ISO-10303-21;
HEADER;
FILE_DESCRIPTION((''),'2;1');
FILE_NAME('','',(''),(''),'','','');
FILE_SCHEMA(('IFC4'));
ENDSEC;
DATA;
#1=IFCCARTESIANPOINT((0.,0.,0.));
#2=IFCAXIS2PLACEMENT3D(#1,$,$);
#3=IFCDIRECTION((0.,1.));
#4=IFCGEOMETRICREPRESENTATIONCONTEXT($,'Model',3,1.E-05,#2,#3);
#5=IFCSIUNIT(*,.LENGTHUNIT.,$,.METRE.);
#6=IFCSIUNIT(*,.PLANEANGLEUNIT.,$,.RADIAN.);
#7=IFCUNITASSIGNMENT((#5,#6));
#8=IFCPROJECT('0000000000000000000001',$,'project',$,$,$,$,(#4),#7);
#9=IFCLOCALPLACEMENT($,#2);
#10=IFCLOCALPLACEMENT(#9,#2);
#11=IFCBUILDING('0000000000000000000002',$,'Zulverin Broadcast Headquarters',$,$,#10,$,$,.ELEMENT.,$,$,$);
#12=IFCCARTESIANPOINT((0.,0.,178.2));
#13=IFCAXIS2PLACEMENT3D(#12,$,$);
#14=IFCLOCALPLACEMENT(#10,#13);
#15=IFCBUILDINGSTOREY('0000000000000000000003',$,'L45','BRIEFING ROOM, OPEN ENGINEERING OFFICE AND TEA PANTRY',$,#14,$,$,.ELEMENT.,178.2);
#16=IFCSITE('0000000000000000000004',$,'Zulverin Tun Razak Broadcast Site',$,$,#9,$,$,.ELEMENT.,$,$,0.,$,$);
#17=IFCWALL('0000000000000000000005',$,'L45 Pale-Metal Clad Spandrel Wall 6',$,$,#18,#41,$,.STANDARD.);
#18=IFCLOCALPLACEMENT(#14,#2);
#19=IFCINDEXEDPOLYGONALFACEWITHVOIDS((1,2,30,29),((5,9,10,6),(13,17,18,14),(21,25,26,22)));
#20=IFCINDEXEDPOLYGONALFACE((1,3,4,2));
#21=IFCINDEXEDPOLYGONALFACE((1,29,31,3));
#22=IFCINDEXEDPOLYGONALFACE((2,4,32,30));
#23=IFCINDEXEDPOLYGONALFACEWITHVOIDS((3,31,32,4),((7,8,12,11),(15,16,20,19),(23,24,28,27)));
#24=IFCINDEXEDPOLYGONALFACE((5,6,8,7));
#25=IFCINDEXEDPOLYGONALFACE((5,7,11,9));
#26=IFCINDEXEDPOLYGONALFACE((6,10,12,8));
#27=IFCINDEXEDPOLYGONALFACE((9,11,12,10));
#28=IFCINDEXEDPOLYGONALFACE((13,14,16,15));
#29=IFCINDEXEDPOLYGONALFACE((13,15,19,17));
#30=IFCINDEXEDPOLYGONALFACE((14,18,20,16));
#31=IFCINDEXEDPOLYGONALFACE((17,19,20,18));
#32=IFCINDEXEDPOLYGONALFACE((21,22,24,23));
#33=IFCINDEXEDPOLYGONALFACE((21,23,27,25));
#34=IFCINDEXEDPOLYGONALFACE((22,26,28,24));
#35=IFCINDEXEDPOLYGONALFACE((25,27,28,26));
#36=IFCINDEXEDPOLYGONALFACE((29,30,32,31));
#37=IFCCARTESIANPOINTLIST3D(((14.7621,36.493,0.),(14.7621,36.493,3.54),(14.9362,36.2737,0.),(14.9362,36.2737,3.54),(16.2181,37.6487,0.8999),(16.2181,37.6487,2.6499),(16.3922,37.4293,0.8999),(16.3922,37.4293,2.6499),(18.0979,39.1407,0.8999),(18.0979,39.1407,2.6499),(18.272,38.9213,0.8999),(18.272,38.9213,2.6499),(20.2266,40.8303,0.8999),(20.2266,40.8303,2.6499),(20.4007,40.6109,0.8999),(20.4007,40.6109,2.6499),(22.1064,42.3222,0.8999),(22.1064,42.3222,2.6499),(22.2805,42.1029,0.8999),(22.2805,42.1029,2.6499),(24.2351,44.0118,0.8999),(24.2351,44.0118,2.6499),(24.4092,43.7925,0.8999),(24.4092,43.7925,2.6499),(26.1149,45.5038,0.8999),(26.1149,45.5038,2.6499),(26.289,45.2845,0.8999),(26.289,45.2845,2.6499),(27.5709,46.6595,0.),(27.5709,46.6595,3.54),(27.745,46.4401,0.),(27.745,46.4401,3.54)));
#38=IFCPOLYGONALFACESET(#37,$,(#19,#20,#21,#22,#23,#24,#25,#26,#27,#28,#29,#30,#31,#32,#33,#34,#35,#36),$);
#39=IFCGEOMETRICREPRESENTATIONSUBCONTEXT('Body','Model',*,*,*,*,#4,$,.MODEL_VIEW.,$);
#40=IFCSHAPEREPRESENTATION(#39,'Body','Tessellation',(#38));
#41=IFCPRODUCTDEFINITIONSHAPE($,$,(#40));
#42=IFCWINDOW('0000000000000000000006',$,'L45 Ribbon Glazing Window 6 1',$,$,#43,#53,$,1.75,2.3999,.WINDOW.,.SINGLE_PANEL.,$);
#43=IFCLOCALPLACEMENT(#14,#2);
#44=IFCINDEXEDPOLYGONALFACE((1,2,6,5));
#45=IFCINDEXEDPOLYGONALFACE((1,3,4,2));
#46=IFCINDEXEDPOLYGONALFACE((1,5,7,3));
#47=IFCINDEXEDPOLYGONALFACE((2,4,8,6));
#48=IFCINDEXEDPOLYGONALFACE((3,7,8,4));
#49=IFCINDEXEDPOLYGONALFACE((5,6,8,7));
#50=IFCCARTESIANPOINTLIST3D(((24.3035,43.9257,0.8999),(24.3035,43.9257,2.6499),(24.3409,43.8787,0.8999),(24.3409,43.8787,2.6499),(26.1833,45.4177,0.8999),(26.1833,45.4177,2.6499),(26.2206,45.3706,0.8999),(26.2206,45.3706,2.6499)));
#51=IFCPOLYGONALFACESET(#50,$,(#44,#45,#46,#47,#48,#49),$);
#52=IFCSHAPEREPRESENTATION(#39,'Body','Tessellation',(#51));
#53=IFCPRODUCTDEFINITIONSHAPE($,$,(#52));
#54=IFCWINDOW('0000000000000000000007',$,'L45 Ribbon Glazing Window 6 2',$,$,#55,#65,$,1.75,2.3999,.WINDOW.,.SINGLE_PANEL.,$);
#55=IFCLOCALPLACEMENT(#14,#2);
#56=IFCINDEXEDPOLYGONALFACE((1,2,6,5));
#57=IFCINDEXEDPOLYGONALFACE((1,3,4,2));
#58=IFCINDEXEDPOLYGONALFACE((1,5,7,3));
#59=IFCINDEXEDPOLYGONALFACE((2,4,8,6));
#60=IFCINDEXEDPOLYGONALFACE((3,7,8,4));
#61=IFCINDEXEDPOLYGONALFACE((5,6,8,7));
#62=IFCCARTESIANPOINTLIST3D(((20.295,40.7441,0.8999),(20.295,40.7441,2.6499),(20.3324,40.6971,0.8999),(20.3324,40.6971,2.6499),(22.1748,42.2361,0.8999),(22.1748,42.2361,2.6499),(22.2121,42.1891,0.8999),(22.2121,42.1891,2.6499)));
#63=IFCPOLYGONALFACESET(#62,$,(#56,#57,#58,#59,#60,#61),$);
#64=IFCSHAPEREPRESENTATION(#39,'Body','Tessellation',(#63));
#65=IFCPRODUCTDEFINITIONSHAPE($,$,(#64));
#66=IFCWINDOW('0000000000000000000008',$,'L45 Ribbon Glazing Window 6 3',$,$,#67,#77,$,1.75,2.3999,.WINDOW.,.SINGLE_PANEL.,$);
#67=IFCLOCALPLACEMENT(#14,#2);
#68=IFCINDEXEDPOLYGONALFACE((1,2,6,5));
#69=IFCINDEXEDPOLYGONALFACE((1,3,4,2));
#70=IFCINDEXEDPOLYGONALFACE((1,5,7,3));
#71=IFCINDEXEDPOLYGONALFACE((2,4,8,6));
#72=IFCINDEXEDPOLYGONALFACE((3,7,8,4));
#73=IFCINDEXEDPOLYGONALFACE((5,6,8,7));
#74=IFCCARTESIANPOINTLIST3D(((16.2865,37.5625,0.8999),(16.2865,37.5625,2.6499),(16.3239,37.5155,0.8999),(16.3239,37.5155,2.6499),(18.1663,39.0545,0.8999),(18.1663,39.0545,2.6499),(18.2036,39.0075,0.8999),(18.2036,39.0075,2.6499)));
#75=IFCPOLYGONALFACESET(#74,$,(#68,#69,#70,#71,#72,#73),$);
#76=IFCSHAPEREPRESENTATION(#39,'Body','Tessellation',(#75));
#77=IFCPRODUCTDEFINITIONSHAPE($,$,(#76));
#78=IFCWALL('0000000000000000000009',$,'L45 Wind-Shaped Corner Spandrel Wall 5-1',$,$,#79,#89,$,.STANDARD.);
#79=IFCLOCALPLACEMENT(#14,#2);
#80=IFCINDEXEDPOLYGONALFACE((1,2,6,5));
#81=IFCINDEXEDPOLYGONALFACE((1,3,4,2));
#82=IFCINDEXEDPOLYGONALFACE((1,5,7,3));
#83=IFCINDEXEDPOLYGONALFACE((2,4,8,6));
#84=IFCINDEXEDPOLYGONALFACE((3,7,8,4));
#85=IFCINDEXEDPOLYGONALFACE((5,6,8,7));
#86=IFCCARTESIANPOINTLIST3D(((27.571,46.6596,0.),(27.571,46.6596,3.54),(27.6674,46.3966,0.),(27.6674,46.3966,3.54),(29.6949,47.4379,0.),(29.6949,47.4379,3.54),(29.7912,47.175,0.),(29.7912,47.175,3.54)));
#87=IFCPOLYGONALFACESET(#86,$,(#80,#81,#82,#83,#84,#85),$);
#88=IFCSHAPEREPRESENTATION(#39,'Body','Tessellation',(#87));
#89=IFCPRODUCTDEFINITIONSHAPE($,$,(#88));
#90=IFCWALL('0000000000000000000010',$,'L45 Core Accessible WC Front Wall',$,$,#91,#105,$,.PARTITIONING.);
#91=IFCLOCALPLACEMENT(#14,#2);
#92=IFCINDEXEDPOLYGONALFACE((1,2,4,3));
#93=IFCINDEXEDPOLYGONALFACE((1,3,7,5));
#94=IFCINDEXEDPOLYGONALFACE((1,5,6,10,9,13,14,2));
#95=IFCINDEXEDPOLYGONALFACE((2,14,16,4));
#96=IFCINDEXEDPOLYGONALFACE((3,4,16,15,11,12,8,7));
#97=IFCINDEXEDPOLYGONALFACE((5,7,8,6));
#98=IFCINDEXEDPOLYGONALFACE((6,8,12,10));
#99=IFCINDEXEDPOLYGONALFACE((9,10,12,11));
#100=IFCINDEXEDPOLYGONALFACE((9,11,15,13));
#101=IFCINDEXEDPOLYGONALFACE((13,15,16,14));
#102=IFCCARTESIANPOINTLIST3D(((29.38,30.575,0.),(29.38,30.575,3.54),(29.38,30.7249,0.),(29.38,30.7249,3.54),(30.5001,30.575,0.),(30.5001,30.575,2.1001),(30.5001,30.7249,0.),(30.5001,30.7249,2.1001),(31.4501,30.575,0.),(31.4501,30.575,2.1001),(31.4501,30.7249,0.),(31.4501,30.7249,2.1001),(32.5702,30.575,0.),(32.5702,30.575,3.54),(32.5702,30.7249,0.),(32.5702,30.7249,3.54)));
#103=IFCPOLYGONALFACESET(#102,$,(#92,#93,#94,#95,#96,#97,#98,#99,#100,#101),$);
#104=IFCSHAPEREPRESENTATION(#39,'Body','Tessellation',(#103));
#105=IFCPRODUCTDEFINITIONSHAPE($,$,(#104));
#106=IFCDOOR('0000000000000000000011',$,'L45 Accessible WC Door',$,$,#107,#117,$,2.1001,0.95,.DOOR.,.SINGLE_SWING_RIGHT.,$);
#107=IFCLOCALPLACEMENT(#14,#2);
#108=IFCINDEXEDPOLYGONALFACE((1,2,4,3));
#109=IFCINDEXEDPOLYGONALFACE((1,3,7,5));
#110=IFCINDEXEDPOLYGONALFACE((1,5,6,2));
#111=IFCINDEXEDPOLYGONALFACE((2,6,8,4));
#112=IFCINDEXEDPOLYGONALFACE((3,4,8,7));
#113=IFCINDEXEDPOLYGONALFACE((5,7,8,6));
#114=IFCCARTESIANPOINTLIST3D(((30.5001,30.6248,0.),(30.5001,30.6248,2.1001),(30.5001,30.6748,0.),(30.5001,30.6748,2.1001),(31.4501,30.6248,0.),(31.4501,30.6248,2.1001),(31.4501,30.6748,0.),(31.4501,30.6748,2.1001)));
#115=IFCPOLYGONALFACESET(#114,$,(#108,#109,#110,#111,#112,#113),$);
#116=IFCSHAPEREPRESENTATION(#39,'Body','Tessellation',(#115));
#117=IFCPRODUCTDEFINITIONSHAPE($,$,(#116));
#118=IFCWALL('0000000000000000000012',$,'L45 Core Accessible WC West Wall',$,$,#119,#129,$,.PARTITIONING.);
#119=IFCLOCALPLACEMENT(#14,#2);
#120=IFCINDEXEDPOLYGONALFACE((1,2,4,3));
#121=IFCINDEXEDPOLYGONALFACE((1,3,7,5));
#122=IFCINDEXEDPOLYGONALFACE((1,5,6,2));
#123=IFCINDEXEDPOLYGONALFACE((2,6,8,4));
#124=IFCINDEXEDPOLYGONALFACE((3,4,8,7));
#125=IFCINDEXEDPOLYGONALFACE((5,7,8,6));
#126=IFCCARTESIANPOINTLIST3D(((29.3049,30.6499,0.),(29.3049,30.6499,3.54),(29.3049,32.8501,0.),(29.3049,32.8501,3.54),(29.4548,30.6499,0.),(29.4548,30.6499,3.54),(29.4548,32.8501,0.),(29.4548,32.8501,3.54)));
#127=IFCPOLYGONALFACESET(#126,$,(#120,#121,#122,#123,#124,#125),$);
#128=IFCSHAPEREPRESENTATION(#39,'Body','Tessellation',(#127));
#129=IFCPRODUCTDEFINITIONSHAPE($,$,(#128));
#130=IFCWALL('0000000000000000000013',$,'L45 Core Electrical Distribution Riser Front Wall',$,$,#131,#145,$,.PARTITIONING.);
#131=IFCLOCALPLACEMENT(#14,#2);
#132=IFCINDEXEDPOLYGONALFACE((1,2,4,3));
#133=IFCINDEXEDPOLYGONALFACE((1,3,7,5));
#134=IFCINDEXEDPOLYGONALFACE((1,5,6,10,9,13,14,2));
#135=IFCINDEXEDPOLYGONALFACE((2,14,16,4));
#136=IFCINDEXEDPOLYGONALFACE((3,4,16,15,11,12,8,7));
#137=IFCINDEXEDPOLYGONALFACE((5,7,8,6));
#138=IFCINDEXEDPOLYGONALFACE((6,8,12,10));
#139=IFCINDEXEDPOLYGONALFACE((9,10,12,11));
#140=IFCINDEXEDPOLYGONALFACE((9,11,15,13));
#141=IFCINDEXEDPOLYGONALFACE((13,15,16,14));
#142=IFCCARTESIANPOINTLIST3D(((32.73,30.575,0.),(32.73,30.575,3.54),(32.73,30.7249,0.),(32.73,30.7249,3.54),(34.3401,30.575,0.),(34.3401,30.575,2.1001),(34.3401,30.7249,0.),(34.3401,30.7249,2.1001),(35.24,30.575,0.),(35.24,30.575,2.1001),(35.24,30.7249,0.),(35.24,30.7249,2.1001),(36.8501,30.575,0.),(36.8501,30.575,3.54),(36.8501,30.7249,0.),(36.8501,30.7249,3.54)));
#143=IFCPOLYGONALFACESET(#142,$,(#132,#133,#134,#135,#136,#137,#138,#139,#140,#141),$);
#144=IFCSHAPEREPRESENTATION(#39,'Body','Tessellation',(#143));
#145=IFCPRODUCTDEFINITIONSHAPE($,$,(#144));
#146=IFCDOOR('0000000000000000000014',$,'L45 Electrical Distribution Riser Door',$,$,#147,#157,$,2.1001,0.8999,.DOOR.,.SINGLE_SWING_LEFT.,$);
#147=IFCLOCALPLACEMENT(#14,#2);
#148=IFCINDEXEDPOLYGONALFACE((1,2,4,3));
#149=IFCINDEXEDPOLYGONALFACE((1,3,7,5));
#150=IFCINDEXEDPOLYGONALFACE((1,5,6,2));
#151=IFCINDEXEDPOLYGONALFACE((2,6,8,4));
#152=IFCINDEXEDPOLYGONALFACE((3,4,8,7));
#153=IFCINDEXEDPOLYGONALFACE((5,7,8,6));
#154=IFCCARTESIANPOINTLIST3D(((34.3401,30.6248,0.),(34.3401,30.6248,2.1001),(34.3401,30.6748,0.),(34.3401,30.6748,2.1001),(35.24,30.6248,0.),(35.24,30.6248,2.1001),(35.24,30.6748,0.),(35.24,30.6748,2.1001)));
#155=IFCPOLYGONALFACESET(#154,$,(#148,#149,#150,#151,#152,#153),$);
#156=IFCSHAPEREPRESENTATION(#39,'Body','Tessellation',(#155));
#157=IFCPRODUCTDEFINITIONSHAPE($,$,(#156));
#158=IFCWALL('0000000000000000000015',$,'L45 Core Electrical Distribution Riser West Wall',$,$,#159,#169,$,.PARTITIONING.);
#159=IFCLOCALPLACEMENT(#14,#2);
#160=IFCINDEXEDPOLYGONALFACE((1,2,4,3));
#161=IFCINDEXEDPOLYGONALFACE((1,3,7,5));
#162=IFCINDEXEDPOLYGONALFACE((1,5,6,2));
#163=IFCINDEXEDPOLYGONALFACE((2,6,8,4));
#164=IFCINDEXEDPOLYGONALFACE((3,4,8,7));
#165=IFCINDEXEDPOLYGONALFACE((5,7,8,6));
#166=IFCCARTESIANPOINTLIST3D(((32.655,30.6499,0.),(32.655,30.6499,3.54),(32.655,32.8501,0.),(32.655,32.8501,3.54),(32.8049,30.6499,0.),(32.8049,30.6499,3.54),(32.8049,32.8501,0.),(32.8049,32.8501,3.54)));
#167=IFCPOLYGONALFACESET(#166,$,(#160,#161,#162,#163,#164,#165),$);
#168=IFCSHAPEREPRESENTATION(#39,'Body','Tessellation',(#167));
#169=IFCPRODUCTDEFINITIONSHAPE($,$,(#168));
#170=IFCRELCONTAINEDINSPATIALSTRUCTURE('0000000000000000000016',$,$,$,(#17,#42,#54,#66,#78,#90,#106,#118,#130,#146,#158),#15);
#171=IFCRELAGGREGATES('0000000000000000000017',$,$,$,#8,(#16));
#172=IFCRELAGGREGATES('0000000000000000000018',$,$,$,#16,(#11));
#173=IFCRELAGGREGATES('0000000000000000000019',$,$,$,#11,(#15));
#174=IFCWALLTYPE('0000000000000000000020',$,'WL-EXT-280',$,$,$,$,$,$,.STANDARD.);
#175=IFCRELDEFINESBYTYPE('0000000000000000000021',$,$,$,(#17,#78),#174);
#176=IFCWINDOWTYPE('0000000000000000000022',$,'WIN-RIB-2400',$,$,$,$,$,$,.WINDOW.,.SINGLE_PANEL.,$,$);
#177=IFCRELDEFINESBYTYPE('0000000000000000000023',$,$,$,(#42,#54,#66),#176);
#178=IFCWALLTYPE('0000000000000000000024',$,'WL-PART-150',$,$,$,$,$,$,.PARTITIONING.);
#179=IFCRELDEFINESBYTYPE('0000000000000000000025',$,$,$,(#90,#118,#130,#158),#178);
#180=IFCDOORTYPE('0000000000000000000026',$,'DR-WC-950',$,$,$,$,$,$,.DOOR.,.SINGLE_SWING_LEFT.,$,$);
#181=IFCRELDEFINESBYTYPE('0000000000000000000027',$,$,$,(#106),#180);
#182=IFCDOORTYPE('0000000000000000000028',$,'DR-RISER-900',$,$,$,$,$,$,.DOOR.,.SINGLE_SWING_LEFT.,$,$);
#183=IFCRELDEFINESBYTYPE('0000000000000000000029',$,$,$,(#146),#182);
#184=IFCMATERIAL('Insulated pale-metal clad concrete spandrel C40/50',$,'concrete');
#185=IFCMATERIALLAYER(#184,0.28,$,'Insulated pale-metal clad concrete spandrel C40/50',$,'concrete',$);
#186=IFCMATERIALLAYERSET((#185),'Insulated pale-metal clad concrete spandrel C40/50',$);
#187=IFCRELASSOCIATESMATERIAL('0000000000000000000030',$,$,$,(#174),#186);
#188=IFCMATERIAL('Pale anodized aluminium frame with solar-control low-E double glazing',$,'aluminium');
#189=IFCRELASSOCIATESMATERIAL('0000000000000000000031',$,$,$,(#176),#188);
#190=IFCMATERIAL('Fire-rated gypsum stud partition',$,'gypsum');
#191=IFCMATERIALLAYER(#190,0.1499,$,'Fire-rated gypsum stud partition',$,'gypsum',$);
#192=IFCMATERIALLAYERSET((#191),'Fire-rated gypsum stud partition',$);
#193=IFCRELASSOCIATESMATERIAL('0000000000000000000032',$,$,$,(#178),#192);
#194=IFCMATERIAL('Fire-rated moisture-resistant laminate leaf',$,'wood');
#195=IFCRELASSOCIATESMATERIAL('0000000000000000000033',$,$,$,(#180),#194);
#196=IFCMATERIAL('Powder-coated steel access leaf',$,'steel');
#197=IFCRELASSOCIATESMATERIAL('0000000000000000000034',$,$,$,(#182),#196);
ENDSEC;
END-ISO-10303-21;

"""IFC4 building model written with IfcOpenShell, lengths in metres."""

from ifc_helpers import new_model, si_unit, direction, frame, frame_2d, origin, place, context, subcontext, project, spatial, rectangle, extrude, material, layer, layer_set, type_object, element, fill, save


model = new_model("IFC4")

# Units and contexts
model_context = context("Model", 3, precision=1e-05, world=origin(), true_north=direction((0.0, 1.0)))
body_context = subcontext(model_context, "Body", "Model", "MODEL_VIEW")
ifc_project = project(units=[si_unit("LENGTHUNIT", "METRE"), si_unit("PLANEANGLEUNIT", "RADIAN")], contexts=[model_context])

# Site, building, storey
site_placement = place(None, origin())
site = spatial("IfcSite", under=ifc_project, at=site_placement, Name="Zulverin Tun Razak Broadcast Site", CompositionType="ELEMENT", RefElevation=0.0)
building_placement = place(site_placement, origin())
building = spatial("IfcBuilding", under=site, at=building_placement, Name="Zulverin Broadcast Headquarters", CompositionType="ELEMENT")
storey_placement = place(building_placement, frame((0.0, 0.0, 178.2)))
storey = spatial("IfcBuildingStorey", under=building, at=storey_placement, Name="L45", Description="BRIEFING ROOM, OPEN ENGINEERING OFFICE AND TEA PANTRY", CompositionType="ELEMENT", Elevation=178.2)

# Wall, openings, windows
ifc_material_1 = material(Name="Insulated pale-metal clad concrete spandrel C40/50", Category="concrete")
ifc_layer_1 = layer(ifc_material_1, 0.28, Name="Insulated pale-metal clad concrete spandrel C40/50", Category="concrete")
ifc_layer_set_1 = layer_set([ifc_layer_1], Name="Insulated pale-metal clad concrete spandrel C40/50")
wall_type_1 = type_object("IfcWallType", Name="WL-EXT-280", PredefinedType="STANDARD", material=ifc_layer_set_1)
wall_1_placement = place(storey_placement, frame((27.658, 46.5498, 0.0), z_axis=(0.0, 0.0, 1.0), x_axis=(-0.783266, -0.621686, 0.0)))
wall_1 = element("IfcWall", 1, at=wall_1_placement, inside=storey, type_object=wall_type_1, Name="L45 Pale-Metal Clad Spandrel Wall 6", PredefinedType="STANDARD", context=body_context, shape_type="SweptSolid", body=[
    extrude(rectangle(XDim=16.353, YDim=0.28, at=frame_2d((8.1765, 0.0))), origin(), (0.0, 0.0, 1.0), 3.54),
])
opening_1_placement = place(wall_1_placement, frame((1.8589, 0.0, 0.8999)))
opening_1 = element("IfcOpeningElement", 2, at=opening_1_placement, cuts=wall_1, PredefinedType="OPENING", context=body_context, shape_type="SweptSolid", body=[
    extrude(rectangle(XDim=2.3999, YDim=1.75, at=frame_2d((1.2, 0.875))), frame((0.0, 0.1499, 0.0), z_axis=(0.0, -1.0, 0.0), x_axis=(1.0, 0.0, 0.0)), (0.0, 0.0, 1.0), 0.3),
])
opening_2_placement = place(wall_1_placement, frame((6.9766, 0.0, 0.8999)))
opening_2 = element("IfcOpeningElement", 3, at=opening_2_placement, cuts=wall_1, PredefinedType="OPENING", context=body_context, shape_type="SweptSolid", body=[
    extrude(rectangle(XDim=2.3999, YDim=1.75, at=frame_2d((1.2, 0.875))), frame((0.0, 0.1499, 0.0), z_axis=(0.0, -1.0, 0.0), x_axis=(1.0, 0.0, 0.0)), (0.0, 0.0, 1.0), 0.3),
])
opening_3_placement = place(wall_1_placement, frame((12.0942, 0.0, 0.8999)))
opening_3 = element("IfcOpeningElement", 4, at=opening_3_placement, cuts=wall_1, PredefinedType="OPENING", context=body_context, shape_type="SweptSolid", body=[
    extrude(rectangle(XDim=2.3999, YDim=1.75, at=frame_2d((1.2, 0.875))), frame((0.0, 0.1499, 0.0), z_axis=(0.0, -1.0, 0.0), x_axis=(1.0, 0.0, 0.0)), (0.0, 0.0, 1.0), 0.3),
])
ifc_material_2 = material(Name="Pale anodized aluminium frame with solar-control low-E double glazing", Category="aluminium")
window_type = type_object("IfcWindowType", Name="WIN-RIB-2400", PartitioningType="SINGLE_PANEL", PredefinedType="WINDOW", material=ifc_material_2)
window_1_placement = place(opening_1_placement, origin())
window_1 = element("IfcWindow", 5, at=window_1_placement, inside=storey, type_object=window_type, Name="L45 Ribbon Glazing Window 6 1", OverallHeight=1.75, OverallWidth=2.3999, PartitioningType="SINGLE_PANEL", PredefinedType="WINDOW", context=body_context, shape_type="SweptSolid", body=[
    extrude(rectangle(XDim=2.3999, YDim=1.75, at=frame_2d((1.2, 0.875))), frame((0.0, 0.03, 0.0), z_axis=(0.0, -1.0, 0.0), x_axis=(1.0, 0.0, 0.0)), (0.0, 0.0, 1.0), 0.0601),
])
fill(opening_1, window_1)
window_2_placement = place(opening_2_placement, origin())
window_2 = element("IfcWindow", 6, at=window_2_placement, inside=storey, type_object=window_type, Name="L45 Ribbon Glazing Window 6 2", OverallHeight=1.75, OverallWidth=2.3999, PartitioningType="SINGLE_PANEL", PredefinedType="WINDOW", context=body_context, shape_type="SweptSolid", body=[
    extrude(rectangle(XDim=2.3999, YDim=1.75, at=frame_2d((1.2, 0.875))), frame((0.0, 0.03, 0.0), z_axis=(0.0, -1.0, 0.0), x_axis=(1.0, 0.0, 0.0)), (0.0, 0.0, 1.0), 0.0601),
])
fill(opening_2, window_2)
window_3_placement = place(opening_3_placement, origin())
window_3 = element("IfcWindow", 7, at=window_3_placement, inside=storey, type_object=window_type, Name="L45 Ribbon Glazing Window 6 3", OverallHeight=1.75, OverallWidth=2.3999, PartitioningType="SINGLE_PANEL", PredefinedType="WINDOW", context=body_context, shape_type="SweptSolid", body=[
    extrude(rectangle(XDim=2.3999, YDim=1.75, at=frame_2d((1.2, 0.875))), frame((0.0, 0.03, 0.0), z_axis=(0.0, -1.0, 0.0), x_axis=(1.0, 0.0, 0.0)), (0.0, 0.0, 1.0), 0.0601),
])
fill(opening_3, window_3)

# Wall
wall_2_placement = place(storey_placement, frame((29.7429, 47.3064, 0.0), z_axis=(0.0, 0.0, 1.0), x_axis=(-0.938933, -0.344099, 0.0)))
element("IfcWall", 8, at=wall_2_placement, inside=storey, type_object=wall_type_1, Name="L45 Wind-Shaped Corner Spandrel Wall 5-1", PredefinedType="STANDARD", context=body_context, shape_type="SweptSolid", body=[
    extrude(rectangle(XDim=2.262, YDim=0.28, at=frame_2d((1.1309, 0.0))), origin(), (0.0, 0.0, 1.0), 3.54),
])

# Wall, opening, door
ifc_material_3 = material(Name="Fire-rated gypsum stud partition", Category="gypsum")
ifc_layer_2 = layer(ifc_material_3, 0.1499, Name="Fire-rated gypsum stud partition", Category="gypsum")
ifc_layer_set_2 = layer_set([ifc_layer_2], Name="Fire-rated gypsum stud partition")
wall_type_2 = type_object("IfcWallType", Name="WL-PART-150", PredefinedType="PARTITIONING", material=ifc_layer_set_2)
wall_3_placement = place(storey_placement, frame((29.3799, 30.6499, 0.0), z_axis=(0.0, 0.0, 1.0), x_axis=(1.0, 0.0, 0.0)))
wall_3 = element("IfcWall", 9, at=wall_3_placement, inside=storey, type_object=wall_type_2, Name="L45 Core Accessible WC Front Wall", PredefinedType="PARTITIONING", context=body_context, shape_type="SweptSolid", body=[
    extrude(rectangle(XDim=3.1902, YDim=0.1499, at=frame_2d((1.5952, 0.0))), origin(), (0.0, 0.0, 1.0), 3.54),
])
opening_4_placement = place(wall_3_placement, frame((1.1201, 0.0, 0.0)))
opening_4 = element("IfcOpeningElement", 10, at=opening_4_placement, cuts=wall_3, PredefinedType="OPENING", context=body_context, shape_type="SweptSolid", body=[
    extrude(rectangle(XDim=0.95, YDim=2.1001, at=frame_2d((0.4751, 1.05))), frame((0.0, 0.085, 0.0), z_axis=(0.0, -1.0, 0.0), x_axis=(1.0, 0.0, 0.0)), (0.0, 0.0, 1.0), 0.1699),
])
ifc_material_4 = material(Name="Fire-rated moisture-resistant laminate leaf", Category="wood")
door_type_1 = type_object("IfcDoorType", Name="DR-WC-950", OperationType="SINGLE_SWING_LEFT", PredefinedType="DOOR", material=ifc_material_4)
door_1_placement = place(opening_4_placement, origin())
door_1 = element("IfcDoor", 11, at=door_1_placement, inside=storey, type_object=door_type_1, Name="L45 Accessible WC Door", OperationType="SINGLE_SWING_RIGHT", OverallHeight=2.1001, OverallWidth=0.95, PredefinedType="DOOR", context=body_context, shape_type="SweptSolid", body=[
    extrude(rectangle(XDim=0.95, YDim=2.1001, at=frame_2d((0.4751, 1.05))), frame((0.0, 0.0249, 0.0), z_axis=(0.0, -1.0, 0.0), x_axis=(1.0, 0.0, 0.0)), (0.0, 0.0, 1.0), 0.05),
])
fill(opening_4, door_1)

# Wall
wall_4_placement = place(storey_placement, frame((29.3799, 30.6499, 0.0), z_axis=(0.0, 0.0, 1.0), x_axis=(0.0, 1.0, 0.0)))
element("IfcWall", 12, at=wall_4_placement, inside=storey, type_object=wall_type_2, Name="L45 Core Accessible WC West Wall", PredefinedType="PARTITIONING", context=body_context, shape_type="SweptSolid", body=[
    extrude(rectangle(XDim=2.2002, YDim=0.1499, at=frame_2d((1.1001, 0.0))), origin(), (0.0, 0.0, 1.0), 3.54),
])

# Wall, opening, door
wall_5_placement = place(storey_placement, frame((32.73, 30.6499, 0.0), z_axis=(0.0, 0.0, 1.0), x_axis=(1.0, 0.0, 0.0)))
wall_5 = element("IfcWall", 13, at=wall_5_placement, inside=storey, type_object=wall_type_2, Name="L45 Core Electrical Distribution Riser Front Wall", PredefinedType="PARTITIONING", context=body_context, shape_type="SweptSolid", body=[
    extrude(rectangle(XDim=4.1201, YDim=0.1499, at=frame_2d((2.0601, 0.0))), origin(), (0.0, 0.0, 1.0), 3.54),
])
opening_5_placement = place(wall_5_placement, frame((1.6101, 0.0, 0.0)))
opening_5 = element("IfcOpeningElement", 14, at=opening_5_placement, cuts=wall_5, PredefinedType="OPENING", context=body_context, shape_type="SweptSolid", body=[
    extrude(rectangle(XDim=0.8999, YDim=2.1001, at=frame_2d((0.45, 1.05))), frame((0.0, 0.085, 0.0), z_axis=(0.0, -1.0, 0.0), x_axis=(1.0, 0.0, 0.0)), (0.0, 0.0, 1.0), 0.1699),
])
ifc_material_5 = material(Name="Powder-coated steel access leaf", Category="steel")
door_type_2 = type_object("IfcDoorType", Name="DR-RISER-900", OperationType="SINGLE_SWING_LEFT", PredefinedType="DOOR", material=ifc_material_5)
door_2_placement = place(opening_5_placement, origin())
door_2 = element("IfcDoor", 15, at=door_2_placement, inside=storey, type_object=door_type_2, Name="L45 Electrical Distribution Riser Door", OperationType="SINGLE_SWING_LEFT", OverallHeight=2.1001, OverallWidth=0.8999, PredefinedType="DOOR", context=body_context, shape_type="SweptSolid", body=[
    extrude(rectangle(XDim=0.8999, YDim=2.1001, at=frame_2d((0.45, 1.05))), frame((0.0, 0.0249, 0.0), z_axis=(0.0, -1.0, 0.0), x_axis=(1.0, 0.0, 0.0)), (0.0, 0.0, 1.0), 0.05),
])
fill(opening_5, door_2)

# Wall
for number, where, z_axis, x_axis, name in (
    (16, (32.73, 30.6499, 0.0), (0.0, 0.0, 1.0), (0.0, 1.0, 0.0), "L45 Core Electrical Distribution Riser West Wall"),
):
    element("IfcWall", number, at=place(storey_placement, frame(where, z_axis=z_axis, x_axis=x_axis)), inside=storey, type_object=wall_type_2, Name=name, PredefinedType="PARTITIONING", context=body_context, shape_type="SweptSolid", body=[
        extrude(rectangle(XDim=2.2002, YDim=0.1499, at=frame_2d((1.1001, 0.0))), origin(), (0.0, 0.0, 1.0), 3.54),
    ])

save(model, "model.ifc")
